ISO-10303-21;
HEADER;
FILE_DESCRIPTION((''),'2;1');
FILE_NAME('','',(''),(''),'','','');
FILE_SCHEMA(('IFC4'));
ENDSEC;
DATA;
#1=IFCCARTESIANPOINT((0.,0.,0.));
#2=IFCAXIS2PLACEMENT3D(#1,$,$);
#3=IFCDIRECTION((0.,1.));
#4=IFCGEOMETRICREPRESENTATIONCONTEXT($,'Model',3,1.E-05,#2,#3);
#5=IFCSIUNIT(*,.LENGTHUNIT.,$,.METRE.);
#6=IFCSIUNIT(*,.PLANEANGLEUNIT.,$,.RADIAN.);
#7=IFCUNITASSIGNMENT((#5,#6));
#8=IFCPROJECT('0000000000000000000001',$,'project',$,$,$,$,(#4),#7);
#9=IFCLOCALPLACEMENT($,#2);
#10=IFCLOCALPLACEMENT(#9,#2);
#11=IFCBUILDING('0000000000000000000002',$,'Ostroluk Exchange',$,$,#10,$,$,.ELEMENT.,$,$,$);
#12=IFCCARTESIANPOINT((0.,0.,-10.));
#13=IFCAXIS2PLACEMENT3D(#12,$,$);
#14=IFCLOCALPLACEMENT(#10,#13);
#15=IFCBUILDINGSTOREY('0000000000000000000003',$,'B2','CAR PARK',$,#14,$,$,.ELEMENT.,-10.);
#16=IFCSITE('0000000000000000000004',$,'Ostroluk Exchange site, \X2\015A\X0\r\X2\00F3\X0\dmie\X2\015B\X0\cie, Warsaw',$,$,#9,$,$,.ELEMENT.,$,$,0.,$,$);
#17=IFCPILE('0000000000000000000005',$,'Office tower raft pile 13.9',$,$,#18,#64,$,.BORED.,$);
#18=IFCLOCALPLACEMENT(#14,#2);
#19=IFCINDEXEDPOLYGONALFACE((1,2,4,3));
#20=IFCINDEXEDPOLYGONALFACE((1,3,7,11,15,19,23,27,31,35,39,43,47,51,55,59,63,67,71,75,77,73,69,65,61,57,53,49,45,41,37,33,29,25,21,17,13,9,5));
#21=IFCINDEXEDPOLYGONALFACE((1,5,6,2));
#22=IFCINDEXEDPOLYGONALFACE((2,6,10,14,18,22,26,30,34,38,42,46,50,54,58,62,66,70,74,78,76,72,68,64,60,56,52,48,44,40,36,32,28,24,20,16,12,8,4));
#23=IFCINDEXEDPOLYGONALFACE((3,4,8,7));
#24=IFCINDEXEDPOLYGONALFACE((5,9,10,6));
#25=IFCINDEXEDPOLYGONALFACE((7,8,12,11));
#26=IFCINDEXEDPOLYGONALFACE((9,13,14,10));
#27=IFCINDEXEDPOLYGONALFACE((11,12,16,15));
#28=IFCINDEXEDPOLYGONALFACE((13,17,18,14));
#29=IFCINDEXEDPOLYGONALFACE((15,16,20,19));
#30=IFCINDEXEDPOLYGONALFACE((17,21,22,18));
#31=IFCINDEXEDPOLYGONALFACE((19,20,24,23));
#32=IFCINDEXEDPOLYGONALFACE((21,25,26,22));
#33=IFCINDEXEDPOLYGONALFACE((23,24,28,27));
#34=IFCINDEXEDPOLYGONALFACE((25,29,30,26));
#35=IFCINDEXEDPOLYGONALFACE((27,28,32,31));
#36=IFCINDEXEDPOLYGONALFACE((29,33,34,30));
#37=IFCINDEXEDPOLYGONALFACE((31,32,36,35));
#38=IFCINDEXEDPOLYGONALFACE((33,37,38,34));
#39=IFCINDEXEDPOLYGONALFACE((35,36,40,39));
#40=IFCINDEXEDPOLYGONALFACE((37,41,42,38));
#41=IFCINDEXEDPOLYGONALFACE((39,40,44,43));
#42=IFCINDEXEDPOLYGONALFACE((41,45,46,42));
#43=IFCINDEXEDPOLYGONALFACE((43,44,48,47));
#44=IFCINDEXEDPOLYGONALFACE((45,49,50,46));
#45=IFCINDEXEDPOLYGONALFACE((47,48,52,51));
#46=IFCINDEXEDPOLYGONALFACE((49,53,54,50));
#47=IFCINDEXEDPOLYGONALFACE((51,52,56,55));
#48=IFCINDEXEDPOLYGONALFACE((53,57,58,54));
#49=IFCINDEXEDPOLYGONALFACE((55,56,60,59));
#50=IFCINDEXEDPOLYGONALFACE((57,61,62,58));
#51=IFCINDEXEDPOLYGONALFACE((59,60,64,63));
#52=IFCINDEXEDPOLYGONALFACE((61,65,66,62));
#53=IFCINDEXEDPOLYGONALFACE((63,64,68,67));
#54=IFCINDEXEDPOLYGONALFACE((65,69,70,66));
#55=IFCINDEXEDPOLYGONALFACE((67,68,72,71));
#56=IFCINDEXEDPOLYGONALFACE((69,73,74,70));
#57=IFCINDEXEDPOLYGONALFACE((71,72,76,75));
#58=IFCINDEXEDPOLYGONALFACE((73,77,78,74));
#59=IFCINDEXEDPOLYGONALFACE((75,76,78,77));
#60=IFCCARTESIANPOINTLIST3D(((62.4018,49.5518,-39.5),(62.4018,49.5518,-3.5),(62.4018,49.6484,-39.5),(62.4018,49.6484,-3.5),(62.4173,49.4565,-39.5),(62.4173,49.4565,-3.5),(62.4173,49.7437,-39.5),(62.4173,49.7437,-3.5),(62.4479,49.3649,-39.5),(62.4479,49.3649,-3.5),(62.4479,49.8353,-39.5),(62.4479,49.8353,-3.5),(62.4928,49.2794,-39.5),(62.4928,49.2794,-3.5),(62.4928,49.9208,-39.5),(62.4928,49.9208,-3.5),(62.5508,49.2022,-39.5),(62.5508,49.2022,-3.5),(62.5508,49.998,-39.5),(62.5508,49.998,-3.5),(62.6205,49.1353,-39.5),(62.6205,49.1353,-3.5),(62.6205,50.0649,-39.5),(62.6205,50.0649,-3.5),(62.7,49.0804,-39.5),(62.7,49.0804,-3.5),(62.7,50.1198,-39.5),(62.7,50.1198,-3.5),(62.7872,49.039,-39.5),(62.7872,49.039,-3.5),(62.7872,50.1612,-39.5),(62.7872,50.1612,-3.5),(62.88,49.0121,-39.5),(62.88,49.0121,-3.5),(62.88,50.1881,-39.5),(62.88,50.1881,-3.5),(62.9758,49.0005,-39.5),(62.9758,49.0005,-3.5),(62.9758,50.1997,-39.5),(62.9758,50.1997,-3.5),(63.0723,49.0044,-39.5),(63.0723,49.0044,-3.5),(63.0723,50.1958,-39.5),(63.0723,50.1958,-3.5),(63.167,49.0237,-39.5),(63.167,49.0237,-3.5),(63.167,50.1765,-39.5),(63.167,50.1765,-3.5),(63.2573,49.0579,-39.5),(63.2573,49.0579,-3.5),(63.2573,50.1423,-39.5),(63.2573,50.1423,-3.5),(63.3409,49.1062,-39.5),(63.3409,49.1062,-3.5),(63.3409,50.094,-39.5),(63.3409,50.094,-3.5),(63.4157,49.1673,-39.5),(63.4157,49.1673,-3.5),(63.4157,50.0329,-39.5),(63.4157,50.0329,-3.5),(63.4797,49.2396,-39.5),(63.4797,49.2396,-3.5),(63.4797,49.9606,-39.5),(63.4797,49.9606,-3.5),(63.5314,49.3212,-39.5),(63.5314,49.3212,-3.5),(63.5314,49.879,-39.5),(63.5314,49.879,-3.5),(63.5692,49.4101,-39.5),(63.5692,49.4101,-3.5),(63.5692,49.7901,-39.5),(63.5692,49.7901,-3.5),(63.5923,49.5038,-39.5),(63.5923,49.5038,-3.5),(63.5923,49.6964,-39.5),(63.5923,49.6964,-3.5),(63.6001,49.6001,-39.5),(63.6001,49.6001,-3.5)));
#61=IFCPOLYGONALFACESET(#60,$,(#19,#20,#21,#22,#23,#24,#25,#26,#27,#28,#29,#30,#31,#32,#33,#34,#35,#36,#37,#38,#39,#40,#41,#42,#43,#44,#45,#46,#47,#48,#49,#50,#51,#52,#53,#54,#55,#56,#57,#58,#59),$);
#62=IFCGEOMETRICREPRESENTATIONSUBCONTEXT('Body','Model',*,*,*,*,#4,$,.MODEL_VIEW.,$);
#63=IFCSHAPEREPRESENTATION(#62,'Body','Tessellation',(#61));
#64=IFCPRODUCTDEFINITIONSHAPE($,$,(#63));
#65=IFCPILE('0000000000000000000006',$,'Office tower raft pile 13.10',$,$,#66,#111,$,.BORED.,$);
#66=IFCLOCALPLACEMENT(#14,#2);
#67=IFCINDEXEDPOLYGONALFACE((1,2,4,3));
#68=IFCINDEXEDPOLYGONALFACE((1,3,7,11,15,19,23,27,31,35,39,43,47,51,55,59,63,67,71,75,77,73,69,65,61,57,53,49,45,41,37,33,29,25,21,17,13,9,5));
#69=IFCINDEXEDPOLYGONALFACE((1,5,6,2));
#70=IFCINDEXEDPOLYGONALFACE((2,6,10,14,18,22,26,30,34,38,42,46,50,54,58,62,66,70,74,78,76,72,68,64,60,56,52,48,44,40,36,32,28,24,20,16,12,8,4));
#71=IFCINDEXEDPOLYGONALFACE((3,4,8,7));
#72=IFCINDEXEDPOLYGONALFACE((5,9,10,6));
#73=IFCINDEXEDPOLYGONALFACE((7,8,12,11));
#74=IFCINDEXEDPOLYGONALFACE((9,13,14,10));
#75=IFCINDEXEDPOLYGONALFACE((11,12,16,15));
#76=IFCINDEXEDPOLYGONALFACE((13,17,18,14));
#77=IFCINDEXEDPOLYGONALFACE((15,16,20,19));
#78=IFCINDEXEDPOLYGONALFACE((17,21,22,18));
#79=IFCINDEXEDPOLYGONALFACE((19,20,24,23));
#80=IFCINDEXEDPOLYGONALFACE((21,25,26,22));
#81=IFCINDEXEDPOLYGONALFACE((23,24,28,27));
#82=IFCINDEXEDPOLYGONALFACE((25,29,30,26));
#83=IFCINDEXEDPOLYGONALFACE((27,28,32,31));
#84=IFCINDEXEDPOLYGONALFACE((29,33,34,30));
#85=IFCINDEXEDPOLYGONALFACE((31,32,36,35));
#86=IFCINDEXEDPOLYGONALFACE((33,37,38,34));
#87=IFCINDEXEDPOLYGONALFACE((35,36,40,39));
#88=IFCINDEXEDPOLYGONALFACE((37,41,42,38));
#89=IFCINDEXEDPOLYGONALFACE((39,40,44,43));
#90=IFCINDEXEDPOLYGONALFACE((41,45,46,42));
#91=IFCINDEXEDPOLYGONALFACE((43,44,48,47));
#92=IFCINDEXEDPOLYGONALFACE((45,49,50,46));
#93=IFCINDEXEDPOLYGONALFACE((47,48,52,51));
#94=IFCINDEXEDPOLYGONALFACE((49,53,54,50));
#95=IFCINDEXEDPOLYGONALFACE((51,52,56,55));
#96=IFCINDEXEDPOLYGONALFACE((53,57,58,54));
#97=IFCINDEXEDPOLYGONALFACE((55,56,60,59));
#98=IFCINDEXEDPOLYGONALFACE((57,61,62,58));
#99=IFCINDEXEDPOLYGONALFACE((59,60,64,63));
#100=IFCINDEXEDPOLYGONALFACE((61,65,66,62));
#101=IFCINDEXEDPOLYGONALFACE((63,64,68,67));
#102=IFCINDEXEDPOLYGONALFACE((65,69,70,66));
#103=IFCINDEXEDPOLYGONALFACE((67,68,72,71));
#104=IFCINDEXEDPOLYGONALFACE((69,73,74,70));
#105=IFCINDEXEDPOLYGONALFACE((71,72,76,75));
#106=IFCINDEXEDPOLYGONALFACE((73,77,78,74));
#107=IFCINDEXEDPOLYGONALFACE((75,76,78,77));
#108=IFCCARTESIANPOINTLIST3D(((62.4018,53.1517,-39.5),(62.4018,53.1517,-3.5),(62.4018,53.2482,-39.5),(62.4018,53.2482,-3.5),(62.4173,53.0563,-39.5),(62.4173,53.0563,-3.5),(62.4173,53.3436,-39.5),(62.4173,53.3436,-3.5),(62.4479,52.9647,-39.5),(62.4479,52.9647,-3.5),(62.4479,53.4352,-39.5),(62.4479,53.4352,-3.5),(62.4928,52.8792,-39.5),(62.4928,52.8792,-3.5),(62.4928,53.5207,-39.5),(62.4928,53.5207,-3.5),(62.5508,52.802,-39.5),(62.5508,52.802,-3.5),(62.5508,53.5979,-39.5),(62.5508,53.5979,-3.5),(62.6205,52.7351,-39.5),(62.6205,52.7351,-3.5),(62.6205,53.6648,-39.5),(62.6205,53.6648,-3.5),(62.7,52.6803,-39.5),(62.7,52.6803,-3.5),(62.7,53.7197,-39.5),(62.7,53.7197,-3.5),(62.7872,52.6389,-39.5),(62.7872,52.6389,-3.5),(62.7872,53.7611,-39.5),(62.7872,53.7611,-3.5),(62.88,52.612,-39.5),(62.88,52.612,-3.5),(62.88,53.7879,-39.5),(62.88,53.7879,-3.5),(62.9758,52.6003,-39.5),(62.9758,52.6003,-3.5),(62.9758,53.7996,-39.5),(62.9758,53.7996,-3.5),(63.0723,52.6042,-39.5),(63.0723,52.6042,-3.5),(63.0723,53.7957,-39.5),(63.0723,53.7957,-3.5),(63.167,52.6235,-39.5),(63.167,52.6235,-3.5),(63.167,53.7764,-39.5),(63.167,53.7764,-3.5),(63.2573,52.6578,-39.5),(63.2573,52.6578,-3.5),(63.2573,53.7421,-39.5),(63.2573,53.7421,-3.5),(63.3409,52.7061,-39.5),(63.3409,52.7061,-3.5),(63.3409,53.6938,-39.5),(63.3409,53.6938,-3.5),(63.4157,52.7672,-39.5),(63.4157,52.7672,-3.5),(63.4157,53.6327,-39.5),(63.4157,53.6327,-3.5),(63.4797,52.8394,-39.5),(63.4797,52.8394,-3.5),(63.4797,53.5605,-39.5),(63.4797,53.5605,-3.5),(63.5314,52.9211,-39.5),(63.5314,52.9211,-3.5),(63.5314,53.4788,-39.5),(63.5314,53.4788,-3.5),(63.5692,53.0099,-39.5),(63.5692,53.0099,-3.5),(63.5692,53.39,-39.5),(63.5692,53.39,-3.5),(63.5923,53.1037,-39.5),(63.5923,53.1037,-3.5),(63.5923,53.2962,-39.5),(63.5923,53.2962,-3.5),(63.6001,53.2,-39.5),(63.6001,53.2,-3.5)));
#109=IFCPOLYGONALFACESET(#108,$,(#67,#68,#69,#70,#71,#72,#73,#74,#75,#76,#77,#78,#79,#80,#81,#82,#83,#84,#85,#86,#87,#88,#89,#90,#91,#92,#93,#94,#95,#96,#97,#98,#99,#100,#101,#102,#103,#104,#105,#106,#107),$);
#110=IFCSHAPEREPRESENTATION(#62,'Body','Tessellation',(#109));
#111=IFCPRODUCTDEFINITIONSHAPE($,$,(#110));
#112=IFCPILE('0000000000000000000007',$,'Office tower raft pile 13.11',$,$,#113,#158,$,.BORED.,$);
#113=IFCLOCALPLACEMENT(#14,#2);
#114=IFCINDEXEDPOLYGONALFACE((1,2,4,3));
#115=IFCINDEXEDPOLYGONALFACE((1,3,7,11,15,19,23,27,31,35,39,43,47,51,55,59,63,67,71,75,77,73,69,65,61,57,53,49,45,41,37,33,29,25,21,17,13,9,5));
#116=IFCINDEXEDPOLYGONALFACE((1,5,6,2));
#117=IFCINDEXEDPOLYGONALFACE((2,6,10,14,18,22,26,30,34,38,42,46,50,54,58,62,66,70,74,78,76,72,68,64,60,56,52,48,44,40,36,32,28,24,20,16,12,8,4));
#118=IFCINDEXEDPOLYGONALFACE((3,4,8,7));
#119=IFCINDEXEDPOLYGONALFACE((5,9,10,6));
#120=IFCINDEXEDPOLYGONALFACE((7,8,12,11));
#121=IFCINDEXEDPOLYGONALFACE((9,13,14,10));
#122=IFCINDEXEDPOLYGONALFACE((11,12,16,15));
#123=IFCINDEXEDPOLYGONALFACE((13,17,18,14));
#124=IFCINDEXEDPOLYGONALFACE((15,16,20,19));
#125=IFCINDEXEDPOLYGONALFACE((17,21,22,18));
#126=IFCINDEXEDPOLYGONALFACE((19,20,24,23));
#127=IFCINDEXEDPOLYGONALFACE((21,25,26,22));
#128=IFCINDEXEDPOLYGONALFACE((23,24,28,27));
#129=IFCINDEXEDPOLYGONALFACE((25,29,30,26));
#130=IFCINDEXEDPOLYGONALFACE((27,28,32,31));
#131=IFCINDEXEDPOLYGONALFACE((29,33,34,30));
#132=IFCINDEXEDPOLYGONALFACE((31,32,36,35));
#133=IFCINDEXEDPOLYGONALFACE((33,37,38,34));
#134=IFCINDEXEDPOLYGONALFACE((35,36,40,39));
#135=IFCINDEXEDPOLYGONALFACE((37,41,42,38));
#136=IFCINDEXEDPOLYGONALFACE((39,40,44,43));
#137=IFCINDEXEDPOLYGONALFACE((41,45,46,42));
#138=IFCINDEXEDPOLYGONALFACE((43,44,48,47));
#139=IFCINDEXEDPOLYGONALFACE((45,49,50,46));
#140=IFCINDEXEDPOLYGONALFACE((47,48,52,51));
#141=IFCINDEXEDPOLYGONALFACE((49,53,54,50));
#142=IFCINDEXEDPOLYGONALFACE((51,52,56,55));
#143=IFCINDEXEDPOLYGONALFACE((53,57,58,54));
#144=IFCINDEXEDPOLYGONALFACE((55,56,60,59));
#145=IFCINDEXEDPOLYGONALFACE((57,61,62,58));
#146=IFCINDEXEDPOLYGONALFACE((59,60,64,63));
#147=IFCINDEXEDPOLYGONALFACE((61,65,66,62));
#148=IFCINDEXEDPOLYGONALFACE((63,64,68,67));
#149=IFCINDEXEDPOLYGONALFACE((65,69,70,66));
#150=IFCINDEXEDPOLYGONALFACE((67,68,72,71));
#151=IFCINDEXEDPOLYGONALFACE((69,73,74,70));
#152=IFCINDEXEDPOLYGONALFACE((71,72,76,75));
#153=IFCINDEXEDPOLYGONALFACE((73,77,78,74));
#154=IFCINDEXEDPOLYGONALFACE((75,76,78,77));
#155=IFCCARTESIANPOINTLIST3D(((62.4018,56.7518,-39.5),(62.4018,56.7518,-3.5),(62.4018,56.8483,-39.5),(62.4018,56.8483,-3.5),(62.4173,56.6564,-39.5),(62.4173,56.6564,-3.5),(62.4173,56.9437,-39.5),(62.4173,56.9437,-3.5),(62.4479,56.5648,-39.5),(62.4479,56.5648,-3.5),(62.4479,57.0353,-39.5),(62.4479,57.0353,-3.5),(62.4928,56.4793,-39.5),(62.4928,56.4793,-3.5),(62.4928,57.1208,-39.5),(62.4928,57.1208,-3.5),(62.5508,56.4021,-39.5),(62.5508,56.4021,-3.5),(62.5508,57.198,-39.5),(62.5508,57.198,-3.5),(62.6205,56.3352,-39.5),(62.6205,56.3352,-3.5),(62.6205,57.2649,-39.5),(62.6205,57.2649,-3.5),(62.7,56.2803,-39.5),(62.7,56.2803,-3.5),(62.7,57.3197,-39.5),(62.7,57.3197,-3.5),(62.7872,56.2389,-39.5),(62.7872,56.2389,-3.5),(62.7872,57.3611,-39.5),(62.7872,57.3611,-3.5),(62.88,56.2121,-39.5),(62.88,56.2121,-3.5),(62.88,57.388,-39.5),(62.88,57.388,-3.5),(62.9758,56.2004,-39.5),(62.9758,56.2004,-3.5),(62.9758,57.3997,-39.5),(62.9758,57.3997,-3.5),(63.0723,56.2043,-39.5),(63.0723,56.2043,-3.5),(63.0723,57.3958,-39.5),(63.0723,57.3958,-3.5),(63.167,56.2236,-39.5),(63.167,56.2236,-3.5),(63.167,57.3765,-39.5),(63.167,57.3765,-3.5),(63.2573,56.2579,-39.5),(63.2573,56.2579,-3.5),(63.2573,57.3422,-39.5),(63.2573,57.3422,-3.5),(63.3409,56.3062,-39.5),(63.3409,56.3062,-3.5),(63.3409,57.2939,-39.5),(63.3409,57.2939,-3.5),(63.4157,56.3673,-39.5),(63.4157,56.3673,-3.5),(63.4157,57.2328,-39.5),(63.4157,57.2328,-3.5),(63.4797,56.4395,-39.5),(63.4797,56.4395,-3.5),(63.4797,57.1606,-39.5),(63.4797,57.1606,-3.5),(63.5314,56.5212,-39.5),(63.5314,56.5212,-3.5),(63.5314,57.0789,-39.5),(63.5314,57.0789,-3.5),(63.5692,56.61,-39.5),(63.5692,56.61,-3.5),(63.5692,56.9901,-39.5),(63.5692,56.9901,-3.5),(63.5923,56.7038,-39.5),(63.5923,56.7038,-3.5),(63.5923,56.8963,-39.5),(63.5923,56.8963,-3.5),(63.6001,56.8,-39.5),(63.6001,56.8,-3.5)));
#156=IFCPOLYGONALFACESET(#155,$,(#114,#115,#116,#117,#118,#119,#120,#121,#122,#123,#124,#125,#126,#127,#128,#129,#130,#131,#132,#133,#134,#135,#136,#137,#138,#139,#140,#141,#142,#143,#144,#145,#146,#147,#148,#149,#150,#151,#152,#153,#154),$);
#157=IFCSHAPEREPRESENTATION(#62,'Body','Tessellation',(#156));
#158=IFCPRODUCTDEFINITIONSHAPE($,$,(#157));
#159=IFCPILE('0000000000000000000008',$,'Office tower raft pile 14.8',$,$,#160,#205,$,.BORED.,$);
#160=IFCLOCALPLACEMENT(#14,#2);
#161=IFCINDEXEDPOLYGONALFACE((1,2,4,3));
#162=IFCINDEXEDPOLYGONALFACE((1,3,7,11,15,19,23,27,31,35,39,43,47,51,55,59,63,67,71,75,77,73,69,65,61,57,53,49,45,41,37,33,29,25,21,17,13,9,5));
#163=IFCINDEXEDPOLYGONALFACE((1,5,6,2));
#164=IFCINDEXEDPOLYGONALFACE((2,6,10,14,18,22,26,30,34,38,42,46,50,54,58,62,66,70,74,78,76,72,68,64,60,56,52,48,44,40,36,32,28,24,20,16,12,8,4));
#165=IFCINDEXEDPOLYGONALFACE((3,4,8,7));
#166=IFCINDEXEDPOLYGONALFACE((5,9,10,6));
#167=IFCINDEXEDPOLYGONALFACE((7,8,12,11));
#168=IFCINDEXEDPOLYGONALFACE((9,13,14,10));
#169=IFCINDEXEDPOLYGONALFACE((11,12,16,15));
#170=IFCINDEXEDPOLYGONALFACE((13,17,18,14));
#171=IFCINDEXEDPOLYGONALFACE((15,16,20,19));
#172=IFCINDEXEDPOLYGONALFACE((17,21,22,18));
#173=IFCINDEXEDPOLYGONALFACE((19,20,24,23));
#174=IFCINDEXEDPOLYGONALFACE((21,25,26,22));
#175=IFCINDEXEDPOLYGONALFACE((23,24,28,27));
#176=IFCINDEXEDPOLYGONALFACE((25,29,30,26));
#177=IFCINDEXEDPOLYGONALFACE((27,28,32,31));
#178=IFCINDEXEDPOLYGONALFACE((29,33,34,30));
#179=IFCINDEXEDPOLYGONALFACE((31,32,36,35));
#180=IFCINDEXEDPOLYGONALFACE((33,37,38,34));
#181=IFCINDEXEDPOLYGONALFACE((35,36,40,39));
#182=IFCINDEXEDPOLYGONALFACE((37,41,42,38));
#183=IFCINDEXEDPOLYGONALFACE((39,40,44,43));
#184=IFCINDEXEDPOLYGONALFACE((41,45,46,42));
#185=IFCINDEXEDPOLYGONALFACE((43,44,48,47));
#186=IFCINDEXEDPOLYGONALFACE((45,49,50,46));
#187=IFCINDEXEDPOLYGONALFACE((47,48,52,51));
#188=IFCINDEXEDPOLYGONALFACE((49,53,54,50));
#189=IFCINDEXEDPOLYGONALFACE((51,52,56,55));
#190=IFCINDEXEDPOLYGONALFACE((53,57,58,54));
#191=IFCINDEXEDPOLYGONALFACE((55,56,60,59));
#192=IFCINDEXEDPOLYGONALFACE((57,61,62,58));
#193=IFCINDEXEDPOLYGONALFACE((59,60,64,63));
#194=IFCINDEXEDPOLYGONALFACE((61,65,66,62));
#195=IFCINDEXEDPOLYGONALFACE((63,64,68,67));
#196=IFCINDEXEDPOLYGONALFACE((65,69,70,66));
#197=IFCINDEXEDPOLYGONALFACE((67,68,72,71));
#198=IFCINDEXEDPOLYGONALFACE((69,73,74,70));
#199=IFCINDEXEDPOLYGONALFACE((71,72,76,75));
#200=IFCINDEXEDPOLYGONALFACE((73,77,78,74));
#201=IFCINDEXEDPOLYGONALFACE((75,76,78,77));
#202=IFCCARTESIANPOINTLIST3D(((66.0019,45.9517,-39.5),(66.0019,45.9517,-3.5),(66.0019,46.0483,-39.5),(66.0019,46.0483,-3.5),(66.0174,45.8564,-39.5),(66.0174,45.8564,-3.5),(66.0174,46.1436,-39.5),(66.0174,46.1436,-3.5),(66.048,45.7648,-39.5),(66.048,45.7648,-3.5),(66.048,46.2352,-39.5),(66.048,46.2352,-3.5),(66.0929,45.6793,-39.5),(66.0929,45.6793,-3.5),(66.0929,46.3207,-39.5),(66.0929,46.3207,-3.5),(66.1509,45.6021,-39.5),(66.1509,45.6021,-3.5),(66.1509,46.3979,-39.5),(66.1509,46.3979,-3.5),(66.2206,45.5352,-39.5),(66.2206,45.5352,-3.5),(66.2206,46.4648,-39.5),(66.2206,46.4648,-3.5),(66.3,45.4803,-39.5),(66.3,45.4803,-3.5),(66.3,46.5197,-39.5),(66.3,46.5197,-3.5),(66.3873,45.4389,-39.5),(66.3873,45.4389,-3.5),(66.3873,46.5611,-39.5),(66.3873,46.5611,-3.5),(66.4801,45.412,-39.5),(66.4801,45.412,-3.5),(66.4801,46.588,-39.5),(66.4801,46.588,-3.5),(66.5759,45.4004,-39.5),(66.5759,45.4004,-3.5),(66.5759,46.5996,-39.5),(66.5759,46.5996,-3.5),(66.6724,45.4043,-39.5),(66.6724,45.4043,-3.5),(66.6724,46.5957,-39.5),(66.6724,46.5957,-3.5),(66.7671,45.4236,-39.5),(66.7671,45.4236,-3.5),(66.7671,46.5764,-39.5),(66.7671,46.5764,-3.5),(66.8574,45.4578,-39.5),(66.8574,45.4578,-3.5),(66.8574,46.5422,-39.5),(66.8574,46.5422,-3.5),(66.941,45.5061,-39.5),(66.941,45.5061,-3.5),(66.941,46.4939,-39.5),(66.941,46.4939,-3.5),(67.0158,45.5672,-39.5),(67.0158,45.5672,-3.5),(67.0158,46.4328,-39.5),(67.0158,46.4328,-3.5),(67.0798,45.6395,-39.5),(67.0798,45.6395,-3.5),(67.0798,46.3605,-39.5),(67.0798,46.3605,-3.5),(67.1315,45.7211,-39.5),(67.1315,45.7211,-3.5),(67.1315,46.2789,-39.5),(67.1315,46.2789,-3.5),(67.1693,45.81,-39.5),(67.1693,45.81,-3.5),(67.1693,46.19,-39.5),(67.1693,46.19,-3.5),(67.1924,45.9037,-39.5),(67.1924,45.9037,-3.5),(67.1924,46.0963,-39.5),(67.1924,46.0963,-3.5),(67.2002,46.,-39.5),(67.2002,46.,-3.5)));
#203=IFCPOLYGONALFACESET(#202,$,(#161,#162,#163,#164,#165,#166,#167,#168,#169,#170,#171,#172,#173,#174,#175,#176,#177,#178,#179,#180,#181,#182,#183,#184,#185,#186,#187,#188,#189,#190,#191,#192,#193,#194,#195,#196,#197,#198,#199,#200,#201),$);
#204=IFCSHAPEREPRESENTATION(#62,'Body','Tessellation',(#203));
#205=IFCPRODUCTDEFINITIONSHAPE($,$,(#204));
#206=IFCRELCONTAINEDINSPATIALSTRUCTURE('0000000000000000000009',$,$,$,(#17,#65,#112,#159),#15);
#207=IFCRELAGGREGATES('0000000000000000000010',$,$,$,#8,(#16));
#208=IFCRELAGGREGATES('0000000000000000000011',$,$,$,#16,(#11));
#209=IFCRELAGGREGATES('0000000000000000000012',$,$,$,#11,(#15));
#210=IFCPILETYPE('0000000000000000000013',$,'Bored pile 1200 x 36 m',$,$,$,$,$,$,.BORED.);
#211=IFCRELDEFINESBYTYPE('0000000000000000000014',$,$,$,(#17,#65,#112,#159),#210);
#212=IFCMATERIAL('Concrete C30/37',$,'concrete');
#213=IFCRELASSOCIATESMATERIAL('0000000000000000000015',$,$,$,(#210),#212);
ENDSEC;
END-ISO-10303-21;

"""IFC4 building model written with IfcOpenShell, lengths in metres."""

from ifc_helpers import new_model, si_unit, direction, frame, origin, origin_2d, place, context, subcontext, project, spatial, circle, extrude, material, type_object, element, save


model = new_model("IFC4")

# Units and contexts
model_context = context("Model", 3, precision=1e-05, world=origin(), true_north=direction((0.0, 1.0)))
body_context = subcontext(model_context, "Body", "Model", "MODEL_VIEW")
ifc_project = project(units=[si_unit("LENGTHUNIT", "METRE"), si_unit("PLANEANGLEUNIT", "RADIAN")], contexts=[model_context])

# Site, building, storey
site_placement = place(None, origin())
site = spatial("IfcSite", under=ifc_project, at=site_placement, Name="Ostroluk Exchange site, Śródmieście, Warsaw", CompositionType="ELEMENT", RefElevation=0.0)
building_placement = place(site_placement, origin())
building = spatial("IfcBuilding", under=site, at=building_placement, Name="Ostroluk Exchange", CompositionType="ELEMENT")
storey_placement = place(building_placement, frame((0.0, 0.0, -10.0)))
storey = spatial("IfcBuildingStorey", under=building, at=storey_placement, Name="B2", Description="CAR PARK", CompositionType="ELEMENT", Elevation=-10.0)

# Piles
ifc_material_1 = material(Name="Concrete C30/37", Category="concrete")
pile_type_1 = type_object("IfcPileType", Name="Bored pile 1200 x 36 m", PredefinedType="BORED", material=ifc_material_1)
for number, where, z_axis, x_axis, name in (
    (1, (63.0, 49.6001, -3.5), (0.0, 0.0, -1.0), (1.0, 0.0, 0.0), "Office tower raft pile 13.9"),
    (2, (63.0, 53.2, -3.5), (0.0, 0.0, -1.0), (1.0, 0.0, 0.0), "Office tower raft pile 13.10"),
    (3, (63.0, 56.8, -3.5), (0.0, 0.0, -1.0), (1.0, 0.0, 0.0), "Office tower raft pile 13.11"),
    (4, (66.6001, 46.0, -3.5), (0.0, 0.0, -1.0), (1.0, 0.0, 0.0), "Office tower raft pile 14.8"),
):
    element("IfcPile", number, at=place(storey_placement, frame(where, z_axis=z_axis, x_axis=x_axis)), inside=storey, type_object=pile_type_1, Name=name, PredefinedType="BORED", context=body_context, shape_type="SweptSolid", body=[
        extrude(circle(Radius=0.6001, at=origin_2d()), origin(), (0.0, 0.0, 1.0), 36.0),
    ])

save(model, "model.ifc")
